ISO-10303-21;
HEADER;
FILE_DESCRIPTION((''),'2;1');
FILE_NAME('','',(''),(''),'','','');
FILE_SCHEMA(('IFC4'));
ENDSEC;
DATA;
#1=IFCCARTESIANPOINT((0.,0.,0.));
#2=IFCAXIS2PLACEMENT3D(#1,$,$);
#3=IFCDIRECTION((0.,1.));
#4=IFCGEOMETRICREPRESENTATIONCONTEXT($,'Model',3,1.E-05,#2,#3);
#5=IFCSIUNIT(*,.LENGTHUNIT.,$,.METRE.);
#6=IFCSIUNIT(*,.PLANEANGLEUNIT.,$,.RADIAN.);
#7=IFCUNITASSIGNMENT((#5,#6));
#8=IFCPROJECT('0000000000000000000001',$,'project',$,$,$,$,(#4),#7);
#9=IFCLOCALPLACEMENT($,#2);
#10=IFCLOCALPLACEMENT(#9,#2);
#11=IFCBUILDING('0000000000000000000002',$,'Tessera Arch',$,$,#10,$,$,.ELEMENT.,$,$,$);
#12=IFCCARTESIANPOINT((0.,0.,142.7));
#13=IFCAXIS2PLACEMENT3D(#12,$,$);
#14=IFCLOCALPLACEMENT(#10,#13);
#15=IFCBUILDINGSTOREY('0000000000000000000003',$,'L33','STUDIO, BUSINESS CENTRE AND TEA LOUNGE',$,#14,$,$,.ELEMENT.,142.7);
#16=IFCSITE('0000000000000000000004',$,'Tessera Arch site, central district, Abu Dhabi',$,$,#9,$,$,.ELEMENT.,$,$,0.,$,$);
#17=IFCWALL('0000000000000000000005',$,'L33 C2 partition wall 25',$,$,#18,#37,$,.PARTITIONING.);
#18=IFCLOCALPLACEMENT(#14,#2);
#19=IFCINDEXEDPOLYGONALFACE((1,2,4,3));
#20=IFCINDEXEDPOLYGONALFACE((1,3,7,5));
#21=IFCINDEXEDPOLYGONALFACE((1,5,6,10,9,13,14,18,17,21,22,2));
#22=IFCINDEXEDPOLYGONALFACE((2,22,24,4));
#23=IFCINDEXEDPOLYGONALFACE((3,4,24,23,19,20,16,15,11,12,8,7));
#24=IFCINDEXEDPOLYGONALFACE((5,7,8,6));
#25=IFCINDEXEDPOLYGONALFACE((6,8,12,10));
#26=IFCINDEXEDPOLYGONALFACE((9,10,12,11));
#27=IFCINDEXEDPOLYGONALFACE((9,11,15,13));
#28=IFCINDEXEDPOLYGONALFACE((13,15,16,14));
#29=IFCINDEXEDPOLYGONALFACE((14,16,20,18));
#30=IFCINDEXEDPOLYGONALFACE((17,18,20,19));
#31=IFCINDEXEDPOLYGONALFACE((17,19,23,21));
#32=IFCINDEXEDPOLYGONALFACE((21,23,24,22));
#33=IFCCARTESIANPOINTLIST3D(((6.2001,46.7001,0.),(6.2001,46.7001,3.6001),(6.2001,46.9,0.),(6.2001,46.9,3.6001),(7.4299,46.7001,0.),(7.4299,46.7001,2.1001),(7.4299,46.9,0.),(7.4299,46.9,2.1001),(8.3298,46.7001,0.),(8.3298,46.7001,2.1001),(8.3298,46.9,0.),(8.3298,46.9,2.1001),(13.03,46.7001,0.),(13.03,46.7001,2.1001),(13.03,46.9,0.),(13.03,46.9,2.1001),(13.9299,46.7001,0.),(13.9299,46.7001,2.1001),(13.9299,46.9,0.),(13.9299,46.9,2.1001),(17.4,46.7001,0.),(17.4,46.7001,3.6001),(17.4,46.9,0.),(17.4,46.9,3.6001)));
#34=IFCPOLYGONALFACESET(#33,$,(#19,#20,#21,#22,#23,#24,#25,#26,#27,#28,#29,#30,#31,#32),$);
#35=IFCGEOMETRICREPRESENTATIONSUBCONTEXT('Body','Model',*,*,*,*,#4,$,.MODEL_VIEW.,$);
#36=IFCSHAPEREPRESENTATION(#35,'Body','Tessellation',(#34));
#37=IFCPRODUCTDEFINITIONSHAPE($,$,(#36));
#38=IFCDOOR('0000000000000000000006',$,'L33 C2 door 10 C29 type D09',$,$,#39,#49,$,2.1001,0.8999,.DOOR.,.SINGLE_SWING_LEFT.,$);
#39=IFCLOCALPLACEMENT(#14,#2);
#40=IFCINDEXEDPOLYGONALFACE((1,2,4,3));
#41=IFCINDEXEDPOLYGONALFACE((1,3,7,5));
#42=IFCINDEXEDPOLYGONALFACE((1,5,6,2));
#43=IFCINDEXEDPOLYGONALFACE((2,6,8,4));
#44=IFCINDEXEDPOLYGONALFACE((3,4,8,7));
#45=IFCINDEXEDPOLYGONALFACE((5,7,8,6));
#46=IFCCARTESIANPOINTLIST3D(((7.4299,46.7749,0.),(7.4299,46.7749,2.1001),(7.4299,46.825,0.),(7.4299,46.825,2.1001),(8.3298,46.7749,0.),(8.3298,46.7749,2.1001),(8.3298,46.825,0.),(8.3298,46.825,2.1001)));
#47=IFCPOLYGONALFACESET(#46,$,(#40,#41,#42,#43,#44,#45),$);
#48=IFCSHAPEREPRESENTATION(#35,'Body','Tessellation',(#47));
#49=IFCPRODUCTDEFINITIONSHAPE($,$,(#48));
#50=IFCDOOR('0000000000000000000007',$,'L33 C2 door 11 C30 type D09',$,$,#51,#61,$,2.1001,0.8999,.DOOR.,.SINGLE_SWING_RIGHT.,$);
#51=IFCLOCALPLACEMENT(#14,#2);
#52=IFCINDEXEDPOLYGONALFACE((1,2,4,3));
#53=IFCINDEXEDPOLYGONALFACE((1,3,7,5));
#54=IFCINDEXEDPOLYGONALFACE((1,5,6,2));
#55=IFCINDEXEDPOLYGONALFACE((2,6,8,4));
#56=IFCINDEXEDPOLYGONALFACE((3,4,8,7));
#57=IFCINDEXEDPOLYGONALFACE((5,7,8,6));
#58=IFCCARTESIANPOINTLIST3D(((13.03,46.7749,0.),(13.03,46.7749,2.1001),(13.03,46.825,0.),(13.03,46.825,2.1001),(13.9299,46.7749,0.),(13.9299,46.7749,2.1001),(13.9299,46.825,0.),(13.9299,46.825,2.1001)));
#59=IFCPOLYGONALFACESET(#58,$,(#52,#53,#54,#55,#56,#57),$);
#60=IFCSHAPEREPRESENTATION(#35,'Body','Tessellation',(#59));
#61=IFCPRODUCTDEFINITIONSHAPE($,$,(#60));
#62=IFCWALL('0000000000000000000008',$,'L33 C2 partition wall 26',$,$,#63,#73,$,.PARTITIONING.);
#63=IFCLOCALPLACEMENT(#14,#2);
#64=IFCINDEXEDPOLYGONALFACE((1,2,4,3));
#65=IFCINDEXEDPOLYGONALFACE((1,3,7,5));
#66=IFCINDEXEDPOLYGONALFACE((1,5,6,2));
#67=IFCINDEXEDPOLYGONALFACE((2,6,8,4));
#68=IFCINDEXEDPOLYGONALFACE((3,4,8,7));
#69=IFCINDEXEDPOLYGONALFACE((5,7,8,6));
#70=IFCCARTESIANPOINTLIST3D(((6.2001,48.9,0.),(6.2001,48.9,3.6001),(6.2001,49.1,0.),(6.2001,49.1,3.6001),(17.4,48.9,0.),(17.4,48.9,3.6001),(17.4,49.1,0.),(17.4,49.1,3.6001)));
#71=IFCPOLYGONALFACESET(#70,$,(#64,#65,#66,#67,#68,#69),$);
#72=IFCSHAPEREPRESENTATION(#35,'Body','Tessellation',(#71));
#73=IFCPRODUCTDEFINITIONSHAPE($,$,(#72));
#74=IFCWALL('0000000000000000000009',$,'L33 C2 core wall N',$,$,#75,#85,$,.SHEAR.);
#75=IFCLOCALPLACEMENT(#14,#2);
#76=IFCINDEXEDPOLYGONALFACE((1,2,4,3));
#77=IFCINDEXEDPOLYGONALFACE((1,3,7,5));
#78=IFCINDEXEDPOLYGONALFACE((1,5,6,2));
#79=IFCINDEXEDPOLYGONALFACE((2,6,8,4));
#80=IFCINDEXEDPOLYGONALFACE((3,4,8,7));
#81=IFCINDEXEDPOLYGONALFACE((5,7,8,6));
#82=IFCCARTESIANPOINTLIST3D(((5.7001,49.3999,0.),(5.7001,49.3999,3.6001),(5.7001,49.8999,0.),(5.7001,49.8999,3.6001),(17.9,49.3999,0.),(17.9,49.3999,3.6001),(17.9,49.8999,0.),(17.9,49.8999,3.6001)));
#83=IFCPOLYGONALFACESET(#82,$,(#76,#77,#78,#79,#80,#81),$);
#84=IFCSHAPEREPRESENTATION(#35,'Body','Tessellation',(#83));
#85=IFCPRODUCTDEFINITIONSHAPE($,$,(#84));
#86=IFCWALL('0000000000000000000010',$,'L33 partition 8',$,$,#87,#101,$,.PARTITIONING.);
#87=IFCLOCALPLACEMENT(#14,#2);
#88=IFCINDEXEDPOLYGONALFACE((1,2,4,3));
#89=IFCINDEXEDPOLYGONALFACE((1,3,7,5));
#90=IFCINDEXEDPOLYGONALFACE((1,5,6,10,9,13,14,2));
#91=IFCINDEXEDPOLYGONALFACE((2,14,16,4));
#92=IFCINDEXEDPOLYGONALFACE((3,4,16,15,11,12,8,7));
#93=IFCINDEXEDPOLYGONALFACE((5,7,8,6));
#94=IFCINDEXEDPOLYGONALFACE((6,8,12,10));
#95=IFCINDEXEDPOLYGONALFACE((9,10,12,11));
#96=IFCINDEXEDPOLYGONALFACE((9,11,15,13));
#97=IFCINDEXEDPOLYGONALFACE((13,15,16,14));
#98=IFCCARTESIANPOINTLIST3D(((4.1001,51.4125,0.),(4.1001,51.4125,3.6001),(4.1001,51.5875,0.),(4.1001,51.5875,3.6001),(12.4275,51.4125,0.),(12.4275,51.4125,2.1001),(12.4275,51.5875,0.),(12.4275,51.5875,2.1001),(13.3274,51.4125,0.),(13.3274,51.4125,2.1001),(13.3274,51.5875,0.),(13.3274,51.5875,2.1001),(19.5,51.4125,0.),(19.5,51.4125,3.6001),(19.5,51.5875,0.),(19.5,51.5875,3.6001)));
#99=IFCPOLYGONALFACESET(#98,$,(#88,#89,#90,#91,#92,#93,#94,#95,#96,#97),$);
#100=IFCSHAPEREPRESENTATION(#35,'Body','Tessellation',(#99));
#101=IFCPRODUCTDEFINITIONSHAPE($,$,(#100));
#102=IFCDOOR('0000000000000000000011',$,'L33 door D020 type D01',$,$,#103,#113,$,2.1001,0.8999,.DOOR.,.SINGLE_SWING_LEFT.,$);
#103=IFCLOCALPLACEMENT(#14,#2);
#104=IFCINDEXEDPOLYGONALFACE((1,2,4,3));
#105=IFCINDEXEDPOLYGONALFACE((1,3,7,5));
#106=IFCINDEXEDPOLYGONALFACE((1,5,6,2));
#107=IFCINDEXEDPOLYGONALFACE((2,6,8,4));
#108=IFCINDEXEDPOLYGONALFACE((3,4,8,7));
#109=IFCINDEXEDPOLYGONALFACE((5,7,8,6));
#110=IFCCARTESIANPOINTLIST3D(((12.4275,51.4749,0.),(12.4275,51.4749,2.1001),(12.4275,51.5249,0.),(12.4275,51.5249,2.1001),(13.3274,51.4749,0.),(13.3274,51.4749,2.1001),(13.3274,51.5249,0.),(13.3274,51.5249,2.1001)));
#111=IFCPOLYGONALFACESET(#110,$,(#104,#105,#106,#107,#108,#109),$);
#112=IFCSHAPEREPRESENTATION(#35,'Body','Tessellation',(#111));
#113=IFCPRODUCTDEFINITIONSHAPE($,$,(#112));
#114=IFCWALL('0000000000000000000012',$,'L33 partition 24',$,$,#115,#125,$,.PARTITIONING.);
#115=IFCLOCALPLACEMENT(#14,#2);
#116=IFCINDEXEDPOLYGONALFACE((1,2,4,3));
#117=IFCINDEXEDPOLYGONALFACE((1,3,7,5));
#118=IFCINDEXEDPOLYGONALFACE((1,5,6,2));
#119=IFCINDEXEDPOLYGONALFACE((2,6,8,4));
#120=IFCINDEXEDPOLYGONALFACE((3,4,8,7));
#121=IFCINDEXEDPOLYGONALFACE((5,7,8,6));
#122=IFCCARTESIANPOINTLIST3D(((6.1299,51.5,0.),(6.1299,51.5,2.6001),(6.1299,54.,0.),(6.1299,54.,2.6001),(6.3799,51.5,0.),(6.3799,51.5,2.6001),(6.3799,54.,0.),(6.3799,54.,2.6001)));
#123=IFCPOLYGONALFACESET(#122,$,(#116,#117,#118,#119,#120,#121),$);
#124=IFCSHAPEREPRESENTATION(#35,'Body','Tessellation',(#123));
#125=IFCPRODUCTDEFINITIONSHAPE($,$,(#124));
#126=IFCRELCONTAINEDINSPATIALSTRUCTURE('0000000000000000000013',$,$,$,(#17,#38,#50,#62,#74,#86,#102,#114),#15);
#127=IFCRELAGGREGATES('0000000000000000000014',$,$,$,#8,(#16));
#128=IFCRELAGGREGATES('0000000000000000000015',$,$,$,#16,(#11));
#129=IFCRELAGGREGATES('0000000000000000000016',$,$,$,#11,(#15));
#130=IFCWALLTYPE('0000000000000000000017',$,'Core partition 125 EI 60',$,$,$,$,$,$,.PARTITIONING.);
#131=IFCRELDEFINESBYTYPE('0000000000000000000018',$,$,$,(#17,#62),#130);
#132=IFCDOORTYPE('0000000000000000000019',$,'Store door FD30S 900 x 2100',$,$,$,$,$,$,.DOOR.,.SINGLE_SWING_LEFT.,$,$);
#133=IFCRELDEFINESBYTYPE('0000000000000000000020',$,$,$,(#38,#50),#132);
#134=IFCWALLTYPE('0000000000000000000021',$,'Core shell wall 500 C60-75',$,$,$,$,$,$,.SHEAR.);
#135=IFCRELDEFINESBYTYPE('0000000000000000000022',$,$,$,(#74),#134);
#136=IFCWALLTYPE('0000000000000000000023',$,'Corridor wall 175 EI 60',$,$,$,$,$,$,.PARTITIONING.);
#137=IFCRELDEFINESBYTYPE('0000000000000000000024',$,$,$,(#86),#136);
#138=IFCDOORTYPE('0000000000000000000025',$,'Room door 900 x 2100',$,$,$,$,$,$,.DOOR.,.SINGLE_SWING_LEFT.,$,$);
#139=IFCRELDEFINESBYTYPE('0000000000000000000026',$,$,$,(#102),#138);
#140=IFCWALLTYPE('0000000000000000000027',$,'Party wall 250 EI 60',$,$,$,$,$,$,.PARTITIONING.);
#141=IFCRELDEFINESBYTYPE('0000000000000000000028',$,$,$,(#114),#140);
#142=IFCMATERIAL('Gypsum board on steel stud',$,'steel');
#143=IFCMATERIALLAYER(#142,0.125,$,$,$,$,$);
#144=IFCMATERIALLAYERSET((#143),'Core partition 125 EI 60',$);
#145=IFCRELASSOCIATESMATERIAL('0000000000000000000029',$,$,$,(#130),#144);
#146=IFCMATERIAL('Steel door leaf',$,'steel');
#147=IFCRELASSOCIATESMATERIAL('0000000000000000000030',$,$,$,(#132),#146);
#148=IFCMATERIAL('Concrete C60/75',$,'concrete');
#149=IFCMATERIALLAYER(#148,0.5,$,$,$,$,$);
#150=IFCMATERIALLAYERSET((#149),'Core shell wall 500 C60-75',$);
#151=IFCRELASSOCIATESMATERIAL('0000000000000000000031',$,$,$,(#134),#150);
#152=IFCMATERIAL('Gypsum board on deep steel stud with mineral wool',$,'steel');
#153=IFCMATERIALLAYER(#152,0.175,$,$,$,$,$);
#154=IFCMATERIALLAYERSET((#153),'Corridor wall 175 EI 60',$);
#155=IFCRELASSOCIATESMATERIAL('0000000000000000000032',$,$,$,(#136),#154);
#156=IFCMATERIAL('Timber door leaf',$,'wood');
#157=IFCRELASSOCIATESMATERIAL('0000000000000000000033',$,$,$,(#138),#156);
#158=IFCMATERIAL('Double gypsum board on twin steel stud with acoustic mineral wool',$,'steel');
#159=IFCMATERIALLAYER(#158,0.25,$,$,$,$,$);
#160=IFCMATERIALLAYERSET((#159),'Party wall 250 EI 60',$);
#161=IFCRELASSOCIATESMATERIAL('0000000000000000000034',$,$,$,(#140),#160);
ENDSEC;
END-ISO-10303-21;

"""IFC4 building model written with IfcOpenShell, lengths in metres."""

from ifc_helpers import new_model, si_unit, direction, frame, frame_2d, origin, place, context, subcontext, project, spatial, rectangle, extrude, material, layer, layer_set, type_object, element, fill, save


model = new_model("IFC4")

# Units and contexts
model_context = context("Model", 3, precision=1e-05, world=origin(), true_north=direction((0.0, 1.0)))
body_context = subcontext(model_context, "Body", "Model", "MODEL_VIEW")
ifc_project = project(units=[si_unit("LENGTHUNIT", "METRE"), si_unit("PLANEANGLEUNIT", "RADIAN")], contexts=[model_context])

# Site, building, storey
site_placement = place(None, origin())
site = spatial("IfcSite", under=ifc_project, at=site_placement, Name="Tessera Arch site, central district, Abu Dhabi", CompositionType="ELEMENT", RefElevation=0.0)
building_placement = place(site_placement, origin())
building = spatial("IfcBuilding", under=site, at=building_placement, Name="Tessera Arch", CompositionType="ELEMENT")
storey_placement = place(building_placement, frame((0.0, 0.0, 142.7)))
storey = spatial("IfcBuildingStorey", under=building, at=storey_placement, Name="L33", Description="STUDIO, BUSINESS CENTRE AND TEA LOUNGE", CompositionType="ELEMENT", Elevation=142.7)

# Wall, openings, doors
ifc_material_1 = material(Name="Gypsum board on steel stud", Category="steel")
ifc_layer_1 = layer(ifc_material_1, 0.125)
ifc_layer_set_1 = layer_set([ifc_layer_1], Name="Core partition 125 EI 60")
wall_type_1 = type_object("IfcWallType", Name="Core partition 125 EI 60", PredefinedType="PARTITIONING", material=ifc_layer_set_1)
wall_1_placement = place(storey_placement, frame((6.2, 46.8, 0.0), z_axis=(0.0, 0.0, 1.0), x_axis=(1.0, 0.0, 0.0)))
wall_1 = element("IfcWall", 1, at=wall_1_placement, inside=storey, type_object=wall_type_1, Name="L33 C2 partition wall 25", PredefinedType="PARTITIONING", context=body_context, shape_type="SweptSolid", body=[
    extrude(rectangle(XDim=11.2, YDim=0.2, at=frame_2d((5.6001, 0.0))), origin(), (0.0, 0.0, 1.0), 3.6001),
])
opening_1_placement = place(wall_1_placement, frame((1.23, 0.0, 0.0)))
opening_1 = element("IfcOpeningElement", 2, at=opening_1_placement, cuts=wall_1, PredefinedType="OPENING", context=body_context, shape_type="SweptSolid", body=[
    extrude(rectangle(XDim=0.8999, YDim=2.1001, at=frame_2d((0.45, 1.05))), frame((0.0, 0.1099, 0.0), z_axis=(0.0, -1.0, 0.0), x_axis=(1.0, 0.0, 0.0)), (0.0, 0.0, 1.0), 0.22),
])
opening_2_placement = place(wall_1_placement, frame((6.8301, 0.0, 0.0)))
opening_2 = element("IfcOpeningElement", 3, at=opening_2_placement, cuts=wall_1, PredefinedType="OPENING", context=body_context, shape_type="SweptSolid", body=[
    extrude(rectangle(XDim=0.8999, YDim=2.1001, at=frame_2d((0.45, 1.05))), frame((0.0, 0.1099, 0.0), z_axis=(0.0, -1.0, 0.0), x_axis=(1.0, 0.0, 0.0)), (0.0, 0.0, 1.0), 0.22),
])
ifc_material_2 = material(Name="Steel door leaf", Category="steel")
door_type_1 = type_object("IfcDoorType", Name="Store door FD30S 900 x 2100", OperationType="SINGLE_SWING_LEFT", PredefinedType="DOOR", material=ifc_material_2)
door_1_placement = place(opening_1_placement, origin())
door_1 = element("IfcDoor", 4, at=door_1_placement, inside=storey, type_object=door_type_1, Name="L33 C2 door 10 C29 type D09", OperationType="SINGLE_SWING_LEFT", OverallHeight=2.1001, OverallWidth=0.8999, PredefinedType="DOOR", context=body_context, shape_type="SweptSolid", body=[
    extrude(rectangle(XDim=0.8999, YDim=2.1001, at=frame_2d((0.45, 1.05))), frame((0.0, 0.0249, 0.0), z_axis=(0.0, -1.0, 0.0), x_axis=(1.0, 0.0, 0.0)), (0.0, 0.0, 1.0), 0.05),
])
fill(opening_1, door_1)
door_2_placement = place(opening_2_placement, origin())
door_2 = element("IfcDoor", 5, at=door_2_placement, inside=storey, type_object=door_type_1, Name="L33 C2 door 11 C30 type D09", OperationType="SINGLE_SWING_RIGHT", OverallHeight=2.1001, OverallWidth=0.8999, PredefinedType="DOOR", context=body_context, shape_type="SweptSolid", body=[
    extrude(rectangle(XDim=0.8999, YDim=2.1001, at=frame_2d((0.45, 1.05))), frame((0.0, 0.0249, 0.0), z_axis=(0.0, -1.0, 0.0), x_axis=(1.0, 0.0, 0.0)), (0.0, 0.0, 1.0), 0.05),
])
fill(opening_2, door_2)

# Walls
wall_2_placement = place(storey_placement, frame((6.2, 49.0, 0.0), z_axis=(0.0, 0.0, 1.0), x_axis=(1.0, 0.0, 0.0)))
element("IfcWall", 6, at=wall_2_placement, inside=storey, type_object=wall_type_1, Name="L33 C2 partition wall 26", PredefinedType="PARTITIONING", context=body_context, shape_type="SweptSolid", body=[
    extrude(rectangle(XDim=11.2, YDim=0.2, at=frame_2d((5.6001, 0.0))), origin(), (0.0, 0.0, 1.0), 3.6001),
])
ifc_material_3 = material(Name="Concrete C60/75", Category="concrete")
ifc_layer_2 = layer(ifc_material_3, 0.5)
ifc_layer_set_2 = layer_set([ifc_layer_2], Name="Core shell wall 500 C60-75")
wall_type_2 = type_object("IfcWallType", Name="Core shell wall 500 C60-75", PredefinedType="SHEAR", material=ifc_layer_set_2)
wall_3_placement = place(storey_placement, frame((5.7, 49.6499, 0.0), z_axis=(0.0, 0.0, 1.0), x_axis=(1.0, 0.0, 0.0)))
element("IfcWall", 7, at=wall_3_placement, inside=storey, type_object=wall_type_2, Name="L33 C2 core wall N", PredefinedType="SHEAR", context=body_context, shape_type="SweptSolid", body=[
    extrude(rectangle(XDim=12.2, YDim=0.5, at=frame_2d((6.1001, 0.0))), origin(), (0.0, 0.0, 1.0), 3.6001),
])

# Wall, opening, door
ifc_material_4 = material(Name="Gypsum board on deep steel stud with mineral wool", Category="steel")
ifc_layer_3 = layer(ifc_material_4, 0.175)
ifc_layer_set_3 = layer_set([ifc_layer_3], Name="Corridor wall 175 EI 60")
wall_type_3 = type_object("IfcWallType", Name="Corridor wall 175 EI 60", PredefinedType="PARTITIONING", material=ifc_layer_set_3)
wall_4_placement = place(storey_placement, frame((4.1001, 51.5, 0.0), z_axis=(0.0, 0.0, 1.0), x_axis=(1.0, 0.0, 0.0)))
wall_4 = element("IfcWall", 8, at=wall_4_placement, inside=storey, type_object=wall_type_3, Name="L33 partition 8", PredefinedType="PARTITIONING", context=body_context, shape_type="SweptSolid", body=[
    extrude(rectangle(XDim=15.3999, YDim=0.175, at=frame_2d((7.7, 0.0))), origin(), (0.0, 0.0, 1.0), 3.6001),
])
opening_3_placement = place(wall_4_placement, frame((8.3274, 0.0, 0.0)))
opening_3 = element("IfcOpeningElement", 9, at=opening_3_placement, cuts=wall_4, PredefinedType="OPENING", context=body_context, shape_type="SweptSolid", body=[
    extrude(rectangle(XDim=0.8999, YDim=2.1001, at=frame_2d((0.45, 1.05))), frame((0.0, 0.0974, 0.0), z_axis=(0.0, -1.0, 0.0), x_axis=(1.0, 0.0, 0.0)), (0.0, 0.0, 1.0), 0.1951),
])
ifc_material_5 = material(Name="Timber door leaf", Category="wood")
door_type_2 = type_object("IfcDoorType", Name="Room door 900 x 2100", OperationType="SINGLE_SWING_LEFT", PredefinedType="DOOR", material=ifc_material_5)
door_3_placement = place(opening_3_placement, origin())
door_3 = element("IfcDoor", 10, at=door_3_placement, inside=storey, type_object=door_type_2, Name="L33 door D020 type D01", OperationType="SINGLE_SWING_LEFT", OverallHeight=2.1001, OverallWidth=0.8999, PredefinedType="DOOR", context=body_context, shape_type="SweptSolid", body=[
    extrude(rectangle(XDim=0.8999, YDim=2.1001, at=frame_2d((0.45, 1.05))), frame((0.0, 0.0249, 0.0), z_axis=(0.0, -1.0, 0.0), x_axis=(1.0, 0.0, 0.0)), (0.0, 0.0, 1.0), 0.05),
])
fill(opening_3, door_3)

# Wall
ifc_material_6 = material(Name="Double gypsum board on twin steel stud with acoustic mineral wool", Category="steel")
ifc_layer_4 = layer(ifc_material_6, 0.25)
ifc_layer_set_4 = layer_set([ifc_layer_4], Name="Party wall 250 EI 60")
wall_type_4 = type_object("IfcWallType", Name="Party wall 250 EI 60", PredefinedType="PARTITIONING", material=ifc_layer_set_4)
wall_5_placement = place(storey_placement, frame((6.2549, 51.5, 0.0), z_axis=(0.0, 0.0, 1.0), x_axis=(0.0, 1.0, 0.0)))
element("IfcWall", 11, at=wall_5_placement, inside=storey, type_object=wall_type_4, Name="L33 partition 24", PredefinedType="PARTITIONING", context=body_context, shape_type="SweptSolid", body=[
    extrude(rectangle(XDim=2.5, YDim=0.25, at=frame_2d((1.25, 0.0))), origin(), (0.0, 0.0, 1.0), 2.6001),
])

save(model, "model.ifc")
